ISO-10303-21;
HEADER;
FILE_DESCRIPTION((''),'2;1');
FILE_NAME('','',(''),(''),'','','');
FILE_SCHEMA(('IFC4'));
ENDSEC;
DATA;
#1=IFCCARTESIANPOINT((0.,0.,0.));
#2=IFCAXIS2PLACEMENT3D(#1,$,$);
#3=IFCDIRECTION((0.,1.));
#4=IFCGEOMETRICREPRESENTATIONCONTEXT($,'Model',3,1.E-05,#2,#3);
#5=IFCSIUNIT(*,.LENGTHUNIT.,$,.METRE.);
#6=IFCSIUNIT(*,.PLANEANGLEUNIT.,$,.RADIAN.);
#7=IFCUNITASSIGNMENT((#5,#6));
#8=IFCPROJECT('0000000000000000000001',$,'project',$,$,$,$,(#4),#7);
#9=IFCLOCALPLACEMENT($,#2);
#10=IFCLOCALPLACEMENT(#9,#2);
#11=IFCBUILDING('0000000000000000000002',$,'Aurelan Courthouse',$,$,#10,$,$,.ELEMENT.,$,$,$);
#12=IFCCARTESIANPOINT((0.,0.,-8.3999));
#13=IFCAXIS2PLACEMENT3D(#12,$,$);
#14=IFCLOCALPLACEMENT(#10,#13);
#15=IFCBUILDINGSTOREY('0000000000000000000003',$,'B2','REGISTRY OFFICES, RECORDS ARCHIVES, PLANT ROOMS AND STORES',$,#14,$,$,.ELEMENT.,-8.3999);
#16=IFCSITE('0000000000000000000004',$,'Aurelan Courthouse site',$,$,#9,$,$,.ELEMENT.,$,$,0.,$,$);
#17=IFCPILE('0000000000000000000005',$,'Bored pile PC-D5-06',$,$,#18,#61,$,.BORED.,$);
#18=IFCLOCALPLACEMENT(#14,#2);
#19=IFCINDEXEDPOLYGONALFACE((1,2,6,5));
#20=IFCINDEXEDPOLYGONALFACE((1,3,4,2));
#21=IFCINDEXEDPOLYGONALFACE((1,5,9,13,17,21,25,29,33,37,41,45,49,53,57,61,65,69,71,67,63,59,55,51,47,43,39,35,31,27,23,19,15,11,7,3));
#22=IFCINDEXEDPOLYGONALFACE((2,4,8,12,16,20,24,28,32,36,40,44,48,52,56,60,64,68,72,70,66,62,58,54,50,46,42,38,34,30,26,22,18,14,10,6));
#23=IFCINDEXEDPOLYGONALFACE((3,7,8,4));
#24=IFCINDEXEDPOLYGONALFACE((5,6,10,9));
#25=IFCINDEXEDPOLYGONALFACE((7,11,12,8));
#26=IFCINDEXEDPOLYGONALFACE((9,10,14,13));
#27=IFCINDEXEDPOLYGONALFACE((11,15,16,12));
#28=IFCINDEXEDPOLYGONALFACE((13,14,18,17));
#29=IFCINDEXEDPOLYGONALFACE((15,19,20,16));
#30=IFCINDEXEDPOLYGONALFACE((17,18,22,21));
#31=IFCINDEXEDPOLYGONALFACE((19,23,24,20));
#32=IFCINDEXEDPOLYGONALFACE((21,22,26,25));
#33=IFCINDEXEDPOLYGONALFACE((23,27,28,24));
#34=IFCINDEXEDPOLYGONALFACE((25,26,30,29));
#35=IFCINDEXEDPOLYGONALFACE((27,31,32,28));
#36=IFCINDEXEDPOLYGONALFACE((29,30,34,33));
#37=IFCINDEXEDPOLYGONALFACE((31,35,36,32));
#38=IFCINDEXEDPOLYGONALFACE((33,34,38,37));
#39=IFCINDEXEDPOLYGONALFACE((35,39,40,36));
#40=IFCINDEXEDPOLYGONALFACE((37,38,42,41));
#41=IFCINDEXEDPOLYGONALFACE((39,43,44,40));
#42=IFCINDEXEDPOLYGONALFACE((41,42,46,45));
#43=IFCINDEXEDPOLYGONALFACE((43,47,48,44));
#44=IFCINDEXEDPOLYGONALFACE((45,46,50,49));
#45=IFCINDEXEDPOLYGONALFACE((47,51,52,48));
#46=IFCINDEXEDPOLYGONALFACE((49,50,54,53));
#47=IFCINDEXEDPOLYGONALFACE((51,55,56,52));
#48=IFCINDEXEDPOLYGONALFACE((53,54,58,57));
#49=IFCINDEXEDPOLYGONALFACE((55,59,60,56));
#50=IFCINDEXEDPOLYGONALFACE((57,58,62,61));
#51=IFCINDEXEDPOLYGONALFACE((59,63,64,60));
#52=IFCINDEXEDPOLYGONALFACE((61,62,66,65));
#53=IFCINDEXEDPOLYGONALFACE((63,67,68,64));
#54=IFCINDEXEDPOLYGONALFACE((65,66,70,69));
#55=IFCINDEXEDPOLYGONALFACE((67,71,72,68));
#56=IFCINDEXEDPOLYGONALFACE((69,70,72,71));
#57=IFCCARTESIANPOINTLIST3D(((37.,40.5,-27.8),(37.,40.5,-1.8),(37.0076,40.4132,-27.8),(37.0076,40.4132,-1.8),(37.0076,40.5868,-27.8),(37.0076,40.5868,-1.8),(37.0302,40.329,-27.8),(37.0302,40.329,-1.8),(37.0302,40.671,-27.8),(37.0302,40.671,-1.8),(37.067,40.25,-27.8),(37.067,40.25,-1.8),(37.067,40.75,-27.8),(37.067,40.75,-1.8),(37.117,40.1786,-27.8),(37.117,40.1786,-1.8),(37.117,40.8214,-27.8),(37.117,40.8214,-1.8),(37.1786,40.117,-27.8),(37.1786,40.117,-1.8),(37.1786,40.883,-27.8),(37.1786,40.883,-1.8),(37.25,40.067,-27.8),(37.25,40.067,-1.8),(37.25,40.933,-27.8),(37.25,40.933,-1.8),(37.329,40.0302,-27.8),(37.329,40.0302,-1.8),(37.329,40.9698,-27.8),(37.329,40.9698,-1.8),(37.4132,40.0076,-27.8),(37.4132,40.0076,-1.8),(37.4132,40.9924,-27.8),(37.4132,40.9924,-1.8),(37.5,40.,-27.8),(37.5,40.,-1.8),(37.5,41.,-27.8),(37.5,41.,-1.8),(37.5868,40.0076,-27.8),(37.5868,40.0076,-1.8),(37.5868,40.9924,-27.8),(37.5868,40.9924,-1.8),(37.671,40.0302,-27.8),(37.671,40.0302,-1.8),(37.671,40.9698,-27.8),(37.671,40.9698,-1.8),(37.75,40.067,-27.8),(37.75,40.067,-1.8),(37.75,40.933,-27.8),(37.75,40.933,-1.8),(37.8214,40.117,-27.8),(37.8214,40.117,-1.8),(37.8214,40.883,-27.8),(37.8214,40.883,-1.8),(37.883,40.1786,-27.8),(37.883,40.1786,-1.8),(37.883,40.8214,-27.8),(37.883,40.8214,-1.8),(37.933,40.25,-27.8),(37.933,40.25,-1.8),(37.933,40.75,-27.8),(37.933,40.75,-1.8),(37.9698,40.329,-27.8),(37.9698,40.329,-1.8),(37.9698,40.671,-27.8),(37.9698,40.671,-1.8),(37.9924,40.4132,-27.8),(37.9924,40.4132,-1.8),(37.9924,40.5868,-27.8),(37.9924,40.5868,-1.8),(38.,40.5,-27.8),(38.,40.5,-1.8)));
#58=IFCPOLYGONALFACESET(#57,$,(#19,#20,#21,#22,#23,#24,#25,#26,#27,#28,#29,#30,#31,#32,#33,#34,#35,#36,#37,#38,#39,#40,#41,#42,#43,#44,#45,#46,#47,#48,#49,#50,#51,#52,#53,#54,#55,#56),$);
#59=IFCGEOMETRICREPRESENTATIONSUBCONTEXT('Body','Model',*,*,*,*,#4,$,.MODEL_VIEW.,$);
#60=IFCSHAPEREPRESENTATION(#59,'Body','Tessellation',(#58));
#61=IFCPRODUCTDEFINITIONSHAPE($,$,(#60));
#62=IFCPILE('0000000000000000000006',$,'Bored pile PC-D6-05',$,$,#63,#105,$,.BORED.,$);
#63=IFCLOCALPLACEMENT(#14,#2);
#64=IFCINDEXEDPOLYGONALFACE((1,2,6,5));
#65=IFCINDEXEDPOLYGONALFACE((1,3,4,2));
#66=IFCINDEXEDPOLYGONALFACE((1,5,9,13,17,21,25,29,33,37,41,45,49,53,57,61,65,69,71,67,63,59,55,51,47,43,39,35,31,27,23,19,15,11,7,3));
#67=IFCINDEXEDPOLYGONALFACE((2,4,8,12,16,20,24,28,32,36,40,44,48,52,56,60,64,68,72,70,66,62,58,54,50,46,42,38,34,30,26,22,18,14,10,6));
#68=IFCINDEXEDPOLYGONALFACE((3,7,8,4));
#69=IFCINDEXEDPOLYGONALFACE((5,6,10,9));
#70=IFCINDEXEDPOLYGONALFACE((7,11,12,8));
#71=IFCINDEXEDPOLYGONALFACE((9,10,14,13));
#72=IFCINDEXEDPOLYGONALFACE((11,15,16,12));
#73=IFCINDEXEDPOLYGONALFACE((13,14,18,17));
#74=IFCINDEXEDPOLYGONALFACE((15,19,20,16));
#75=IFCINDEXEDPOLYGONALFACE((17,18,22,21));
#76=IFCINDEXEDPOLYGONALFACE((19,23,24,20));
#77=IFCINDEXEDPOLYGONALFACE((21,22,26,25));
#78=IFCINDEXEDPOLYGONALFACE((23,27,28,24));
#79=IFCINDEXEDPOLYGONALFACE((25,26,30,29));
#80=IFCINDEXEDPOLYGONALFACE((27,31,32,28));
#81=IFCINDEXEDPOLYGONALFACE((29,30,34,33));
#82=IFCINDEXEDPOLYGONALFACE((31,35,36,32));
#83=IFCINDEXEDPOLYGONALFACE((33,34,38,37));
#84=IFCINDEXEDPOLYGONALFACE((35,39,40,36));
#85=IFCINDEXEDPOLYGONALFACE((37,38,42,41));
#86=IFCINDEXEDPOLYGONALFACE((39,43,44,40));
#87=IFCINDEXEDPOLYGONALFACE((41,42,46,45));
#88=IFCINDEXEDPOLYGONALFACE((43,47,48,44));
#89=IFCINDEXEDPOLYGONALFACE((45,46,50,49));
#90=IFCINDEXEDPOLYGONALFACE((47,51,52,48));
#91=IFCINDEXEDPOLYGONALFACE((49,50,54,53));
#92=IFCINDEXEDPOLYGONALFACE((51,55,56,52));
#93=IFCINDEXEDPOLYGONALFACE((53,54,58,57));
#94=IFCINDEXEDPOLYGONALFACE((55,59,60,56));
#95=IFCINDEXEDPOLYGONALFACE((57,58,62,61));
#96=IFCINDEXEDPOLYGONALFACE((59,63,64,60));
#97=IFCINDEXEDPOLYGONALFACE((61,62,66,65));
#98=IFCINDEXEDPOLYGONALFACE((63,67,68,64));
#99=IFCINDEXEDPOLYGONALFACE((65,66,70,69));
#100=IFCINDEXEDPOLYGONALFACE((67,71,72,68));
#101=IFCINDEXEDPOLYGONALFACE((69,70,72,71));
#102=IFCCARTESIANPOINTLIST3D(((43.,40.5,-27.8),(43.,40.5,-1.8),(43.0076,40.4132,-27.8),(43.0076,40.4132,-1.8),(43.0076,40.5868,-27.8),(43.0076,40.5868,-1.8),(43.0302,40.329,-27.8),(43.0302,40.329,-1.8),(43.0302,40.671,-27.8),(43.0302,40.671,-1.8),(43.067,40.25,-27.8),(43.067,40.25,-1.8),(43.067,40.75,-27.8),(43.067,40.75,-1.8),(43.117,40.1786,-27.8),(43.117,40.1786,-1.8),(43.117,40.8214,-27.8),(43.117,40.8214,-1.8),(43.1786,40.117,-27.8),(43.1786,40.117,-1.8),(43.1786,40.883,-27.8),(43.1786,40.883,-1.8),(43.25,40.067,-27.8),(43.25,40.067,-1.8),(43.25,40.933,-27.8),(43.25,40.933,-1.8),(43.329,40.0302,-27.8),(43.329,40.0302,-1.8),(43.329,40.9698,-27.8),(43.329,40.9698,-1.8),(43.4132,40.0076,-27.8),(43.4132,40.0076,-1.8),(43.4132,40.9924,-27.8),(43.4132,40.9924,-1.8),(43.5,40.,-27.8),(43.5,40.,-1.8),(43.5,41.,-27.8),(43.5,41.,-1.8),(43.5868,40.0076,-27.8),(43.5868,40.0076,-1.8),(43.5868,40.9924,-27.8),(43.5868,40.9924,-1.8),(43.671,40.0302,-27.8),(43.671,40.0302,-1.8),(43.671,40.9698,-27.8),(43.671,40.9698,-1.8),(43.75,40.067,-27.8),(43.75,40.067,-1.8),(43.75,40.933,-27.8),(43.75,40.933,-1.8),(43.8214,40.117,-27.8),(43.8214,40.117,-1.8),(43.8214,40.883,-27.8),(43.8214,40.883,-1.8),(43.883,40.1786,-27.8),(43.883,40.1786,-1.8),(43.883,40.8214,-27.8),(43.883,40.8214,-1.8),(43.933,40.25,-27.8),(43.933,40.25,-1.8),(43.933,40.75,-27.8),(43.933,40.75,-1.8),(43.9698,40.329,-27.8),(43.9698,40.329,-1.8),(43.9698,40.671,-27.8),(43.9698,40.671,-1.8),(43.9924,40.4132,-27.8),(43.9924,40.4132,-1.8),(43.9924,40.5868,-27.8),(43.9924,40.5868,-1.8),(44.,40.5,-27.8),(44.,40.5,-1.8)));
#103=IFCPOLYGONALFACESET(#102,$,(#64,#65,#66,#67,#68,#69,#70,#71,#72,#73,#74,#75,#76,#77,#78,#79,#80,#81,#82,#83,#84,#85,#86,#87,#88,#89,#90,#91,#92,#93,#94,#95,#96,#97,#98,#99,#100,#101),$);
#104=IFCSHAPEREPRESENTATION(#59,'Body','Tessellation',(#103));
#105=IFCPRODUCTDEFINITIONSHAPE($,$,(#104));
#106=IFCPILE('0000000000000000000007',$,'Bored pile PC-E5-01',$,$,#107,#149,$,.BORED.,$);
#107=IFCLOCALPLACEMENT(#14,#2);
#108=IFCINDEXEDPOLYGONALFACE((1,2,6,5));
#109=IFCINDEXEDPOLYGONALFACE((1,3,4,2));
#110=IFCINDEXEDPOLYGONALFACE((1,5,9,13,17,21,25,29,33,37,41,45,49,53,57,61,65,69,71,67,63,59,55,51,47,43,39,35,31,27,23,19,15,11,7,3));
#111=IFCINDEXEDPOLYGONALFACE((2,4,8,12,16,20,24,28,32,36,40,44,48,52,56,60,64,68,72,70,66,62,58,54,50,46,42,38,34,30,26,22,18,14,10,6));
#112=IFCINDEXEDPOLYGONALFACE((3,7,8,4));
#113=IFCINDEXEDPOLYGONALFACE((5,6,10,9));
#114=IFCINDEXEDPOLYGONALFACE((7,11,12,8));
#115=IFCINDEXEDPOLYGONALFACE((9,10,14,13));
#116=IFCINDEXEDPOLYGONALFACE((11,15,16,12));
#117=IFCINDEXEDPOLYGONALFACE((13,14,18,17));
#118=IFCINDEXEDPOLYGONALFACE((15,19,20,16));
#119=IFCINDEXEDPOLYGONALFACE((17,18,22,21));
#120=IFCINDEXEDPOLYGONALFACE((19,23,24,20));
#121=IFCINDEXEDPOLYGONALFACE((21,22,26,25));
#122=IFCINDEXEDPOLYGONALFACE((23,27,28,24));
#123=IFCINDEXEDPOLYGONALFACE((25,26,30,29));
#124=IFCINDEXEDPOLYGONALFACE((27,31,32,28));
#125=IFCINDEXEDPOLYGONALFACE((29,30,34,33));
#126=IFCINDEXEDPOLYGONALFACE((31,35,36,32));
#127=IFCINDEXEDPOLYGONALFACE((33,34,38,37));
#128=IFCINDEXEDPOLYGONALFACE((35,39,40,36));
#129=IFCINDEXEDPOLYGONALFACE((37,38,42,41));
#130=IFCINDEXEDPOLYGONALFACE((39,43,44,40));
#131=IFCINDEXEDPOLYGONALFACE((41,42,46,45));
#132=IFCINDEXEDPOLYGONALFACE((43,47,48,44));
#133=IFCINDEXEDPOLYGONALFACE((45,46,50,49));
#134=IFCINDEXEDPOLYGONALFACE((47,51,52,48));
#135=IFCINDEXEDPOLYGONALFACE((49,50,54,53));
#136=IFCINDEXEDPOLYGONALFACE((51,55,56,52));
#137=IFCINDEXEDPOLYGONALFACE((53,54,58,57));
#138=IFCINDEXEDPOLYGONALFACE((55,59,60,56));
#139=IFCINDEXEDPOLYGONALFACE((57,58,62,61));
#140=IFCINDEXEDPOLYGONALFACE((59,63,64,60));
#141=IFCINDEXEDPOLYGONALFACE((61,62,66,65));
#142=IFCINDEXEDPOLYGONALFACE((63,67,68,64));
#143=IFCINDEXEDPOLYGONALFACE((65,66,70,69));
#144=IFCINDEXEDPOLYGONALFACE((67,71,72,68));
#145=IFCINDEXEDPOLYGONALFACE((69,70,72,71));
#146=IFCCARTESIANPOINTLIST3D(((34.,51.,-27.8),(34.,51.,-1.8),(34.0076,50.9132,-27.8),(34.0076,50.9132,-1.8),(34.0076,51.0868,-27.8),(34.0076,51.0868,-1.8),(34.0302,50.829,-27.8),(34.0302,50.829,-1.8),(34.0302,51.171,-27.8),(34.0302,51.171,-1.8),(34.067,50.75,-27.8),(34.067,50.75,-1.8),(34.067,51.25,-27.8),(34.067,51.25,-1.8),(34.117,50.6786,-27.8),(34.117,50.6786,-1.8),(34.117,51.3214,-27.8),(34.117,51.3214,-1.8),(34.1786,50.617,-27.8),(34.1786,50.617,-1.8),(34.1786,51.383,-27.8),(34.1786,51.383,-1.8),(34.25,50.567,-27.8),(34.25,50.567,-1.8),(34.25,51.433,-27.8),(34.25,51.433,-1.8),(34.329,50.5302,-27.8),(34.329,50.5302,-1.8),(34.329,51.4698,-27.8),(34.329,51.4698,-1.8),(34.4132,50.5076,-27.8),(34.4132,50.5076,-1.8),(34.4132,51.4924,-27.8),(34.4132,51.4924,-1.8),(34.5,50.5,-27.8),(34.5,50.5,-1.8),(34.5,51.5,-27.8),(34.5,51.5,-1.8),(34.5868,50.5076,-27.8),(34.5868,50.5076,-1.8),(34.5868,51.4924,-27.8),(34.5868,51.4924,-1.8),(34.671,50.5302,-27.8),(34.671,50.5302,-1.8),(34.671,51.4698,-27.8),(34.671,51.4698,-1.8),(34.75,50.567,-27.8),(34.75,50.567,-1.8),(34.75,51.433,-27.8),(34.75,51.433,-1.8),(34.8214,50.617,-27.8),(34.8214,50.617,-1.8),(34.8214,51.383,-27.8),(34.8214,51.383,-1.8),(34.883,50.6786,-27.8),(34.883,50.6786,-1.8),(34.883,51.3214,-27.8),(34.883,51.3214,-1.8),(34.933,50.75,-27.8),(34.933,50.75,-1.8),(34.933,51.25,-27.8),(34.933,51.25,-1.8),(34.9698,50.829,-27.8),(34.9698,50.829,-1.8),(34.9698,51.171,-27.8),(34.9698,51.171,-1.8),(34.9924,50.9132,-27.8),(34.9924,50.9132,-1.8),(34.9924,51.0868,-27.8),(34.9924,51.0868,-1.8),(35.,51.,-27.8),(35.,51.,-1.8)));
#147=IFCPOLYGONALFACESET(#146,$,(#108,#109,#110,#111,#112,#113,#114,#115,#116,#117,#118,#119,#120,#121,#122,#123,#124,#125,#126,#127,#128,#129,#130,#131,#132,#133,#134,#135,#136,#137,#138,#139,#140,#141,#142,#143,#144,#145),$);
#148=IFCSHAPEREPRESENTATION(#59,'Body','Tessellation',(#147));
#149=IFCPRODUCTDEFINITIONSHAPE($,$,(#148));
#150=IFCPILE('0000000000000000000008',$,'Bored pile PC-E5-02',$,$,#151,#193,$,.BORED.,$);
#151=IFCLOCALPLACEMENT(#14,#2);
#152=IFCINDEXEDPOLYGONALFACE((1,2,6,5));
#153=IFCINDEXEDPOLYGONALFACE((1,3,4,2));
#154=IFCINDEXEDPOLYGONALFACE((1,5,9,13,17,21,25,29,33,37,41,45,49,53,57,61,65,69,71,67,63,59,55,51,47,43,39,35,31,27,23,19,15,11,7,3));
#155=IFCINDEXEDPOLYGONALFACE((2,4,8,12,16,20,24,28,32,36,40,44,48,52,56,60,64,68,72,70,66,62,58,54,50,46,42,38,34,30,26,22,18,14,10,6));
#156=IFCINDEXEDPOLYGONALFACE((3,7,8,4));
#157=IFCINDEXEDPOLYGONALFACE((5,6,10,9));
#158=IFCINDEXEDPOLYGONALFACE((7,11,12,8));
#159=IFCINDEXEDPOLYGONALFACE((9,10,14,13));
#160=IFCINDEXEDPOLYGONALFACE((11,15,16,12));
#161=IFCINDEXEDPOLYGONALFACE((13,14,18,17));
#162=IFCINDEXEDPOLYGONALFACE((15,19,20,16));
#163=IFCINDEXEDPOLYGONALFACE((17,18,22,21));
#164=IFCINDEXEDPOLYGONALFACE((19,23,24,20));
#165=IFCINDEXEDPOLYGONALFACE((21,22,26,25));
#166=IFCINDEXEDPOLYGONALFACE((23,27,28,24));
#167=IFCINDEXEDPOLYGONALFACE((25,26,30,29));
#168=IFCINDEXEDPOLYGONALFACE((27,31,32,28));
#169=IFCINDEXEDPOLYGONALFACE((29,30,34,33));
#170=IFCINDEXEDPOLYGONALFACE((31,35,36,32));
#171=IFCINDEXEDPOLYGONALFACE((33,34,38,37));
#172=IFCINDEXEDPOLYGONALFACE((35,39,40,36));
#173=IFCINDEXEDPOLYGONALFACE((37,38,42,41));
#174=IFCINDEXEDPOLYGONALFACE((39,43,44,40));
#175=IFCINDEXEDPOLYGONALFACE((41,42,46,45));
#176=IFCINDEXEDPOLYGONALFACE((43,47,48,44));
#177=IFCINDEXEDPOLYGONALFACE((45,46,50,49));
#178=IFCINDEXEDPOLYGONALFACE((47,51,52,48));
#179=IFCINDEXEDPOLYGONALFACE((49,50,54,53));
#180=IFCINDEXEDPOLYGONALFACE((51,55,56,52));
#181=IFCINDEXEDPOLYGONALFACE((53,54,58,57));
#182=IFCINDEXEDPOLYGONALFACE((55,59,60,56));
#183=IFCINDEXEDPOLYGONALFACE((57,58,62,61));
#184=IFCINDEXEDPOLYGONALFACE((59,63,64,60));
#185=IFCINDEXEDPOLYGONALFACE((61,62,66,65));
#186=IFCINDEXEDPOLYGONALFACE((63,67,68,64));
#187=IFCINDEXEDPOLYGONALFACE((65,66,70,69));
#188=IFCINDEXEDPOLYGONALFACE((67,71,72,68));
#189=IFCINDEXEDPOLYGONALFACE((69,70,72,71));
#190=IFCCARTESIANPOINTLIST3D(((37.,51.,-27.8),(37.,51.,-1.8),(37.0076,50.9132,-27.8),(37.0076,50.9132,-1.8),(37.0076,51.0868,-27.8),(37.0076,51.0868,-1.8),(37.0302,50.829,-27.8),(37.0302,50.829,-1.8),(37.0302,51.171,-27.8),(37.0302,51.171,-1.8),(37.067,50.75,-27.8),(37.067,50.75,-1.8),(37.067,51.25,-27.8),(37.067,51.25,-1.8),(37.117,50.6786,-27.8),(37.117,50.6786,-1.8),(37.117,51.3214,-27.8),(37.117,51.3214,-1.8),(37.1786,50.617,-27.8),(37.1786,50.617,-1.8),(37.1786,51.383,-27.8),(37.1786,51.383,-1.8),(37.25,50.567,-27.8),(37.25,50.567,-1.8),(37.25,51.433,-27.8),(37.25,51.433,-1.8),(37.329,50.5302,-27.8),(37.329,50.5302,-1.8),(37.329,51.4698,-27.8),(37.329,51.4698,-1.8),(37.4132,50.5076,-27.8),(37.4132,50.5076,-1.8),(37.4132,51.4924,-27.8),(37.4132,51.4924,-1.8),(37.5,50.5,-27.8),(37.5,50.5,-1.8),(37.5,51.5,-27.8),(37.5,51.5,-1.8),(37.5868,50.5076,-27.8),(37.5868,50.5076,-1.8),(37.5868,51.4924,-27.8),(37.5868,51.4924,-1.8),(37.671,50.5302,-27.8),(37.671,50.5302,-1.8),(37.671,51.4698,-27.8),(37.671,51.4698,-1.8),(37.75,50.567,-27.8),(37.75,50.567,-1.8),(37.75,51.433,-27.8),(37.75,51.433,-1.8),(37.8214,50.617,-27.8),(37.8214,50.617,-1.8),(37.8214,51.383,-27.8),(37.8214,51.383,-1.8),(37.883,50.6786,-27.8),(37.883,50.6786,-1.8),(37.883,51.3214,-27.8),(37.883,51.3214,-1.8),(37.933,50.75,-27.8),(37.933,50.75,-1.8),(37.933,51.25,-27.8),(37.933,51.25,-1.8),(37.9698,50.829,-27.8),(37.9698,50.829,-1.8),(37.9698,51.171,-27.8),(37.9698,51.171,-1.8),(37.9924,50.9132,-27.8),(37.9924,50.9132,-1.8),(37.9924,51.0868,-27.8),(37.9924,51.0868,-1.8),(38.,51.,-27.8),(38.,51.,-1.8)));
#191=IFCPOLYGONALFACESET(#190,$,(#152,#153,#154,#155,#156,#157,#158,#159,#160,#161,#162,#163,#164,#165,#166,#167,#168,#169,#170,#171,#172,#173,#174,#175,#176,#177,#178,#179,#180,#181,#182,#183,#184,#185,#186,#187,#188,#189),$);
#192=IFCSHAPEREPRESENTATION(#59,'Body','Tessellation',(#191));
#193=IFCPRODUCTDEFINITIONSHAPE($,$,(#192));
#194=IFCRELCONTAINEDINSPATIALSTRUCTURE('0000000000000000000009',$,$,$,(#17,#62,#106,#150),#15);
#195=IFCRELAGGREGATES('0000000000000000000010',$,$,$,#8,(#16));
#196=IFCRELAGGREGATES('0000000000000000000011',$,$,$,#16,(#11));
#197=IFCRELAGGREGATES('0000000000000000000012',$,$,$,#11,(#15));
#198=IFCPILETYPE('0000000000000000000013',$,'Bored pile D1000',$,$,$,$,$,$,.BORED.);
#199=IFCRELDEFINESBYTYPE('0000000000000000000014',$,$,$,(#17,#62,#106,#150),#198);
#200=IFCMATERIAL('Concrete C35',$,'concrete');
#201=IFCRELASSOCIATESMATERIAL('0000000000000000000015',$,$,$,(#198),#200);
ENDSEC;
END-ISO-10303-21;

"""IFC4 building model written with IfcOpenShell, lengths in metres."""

from ifc_helpers import new_model, si_unit, direction, frame, origin, origin_2d, place, context, subcontext, project, spatial, circle, extrude, material, material_profile, profile_set, type_object, element, save


model = new_model("IFC4")

# Units and contexts
model_context = context("Model", 3, precision=1e-05, world=origin(), true_north=direction((0.0, 1.0)))
body_context = subcontext(model_context, "Body", "Model", "MODEL_VIEW")
ifc_project = project(units=[si_unit("LENGTHUNIT", "METRE"), si_unit("PLANEANGLEUNIT", "RADIAN")], contexts=[model_context])

# Site, building, storey
site_placement = place(None, origin())
site = spatial("IfcSite", under=ifc_project, at=site_placement, Name="Aurelan Courthouse site", CompositionType="ELEMENT", RefElevation=0.0)
building_placement = place(site_placement, origin())
building = spatial("IfcBuilding", under=site, at=building_placement, Name="Aurelan Courthouse", CompositionType="ELEMENT")
storey_placement = place(building_placement, frame((0.0, 0.0, -8.3999)))
storey = spatial("IfcBuildingStorey", under=building, at=storey_placement, Name="B2", Description="REGISTRY OFFICES, RECORDS ARCHIVES, PLANT ROOMS AND STORES", CompositionType="ELEMENT", Elevation=-8.3999)

# Piles
ifc_material_1 = material(Name="Concrete C35", Category="concrete")
ifc_material_profile_1 = material_profile(ifc_material_1, circle(Radius=0.5, at=origin_2d()), Name="D1000")
ifc_profile_set_1 = profile_set([ifc_material_profile_1], Name="Concrete C35")
pile_type_1 = type_object("IfcPileType", Name="Bored pile D1000", PredefinedType="BORED", material=ifc_profile_set_1)
for number, where, z_axis, x_axis, name in (
    (1, (37.5, 40.5, -1.8), (0.0, 0.0, -1.0), (1.0, 0.0, 0.0), "Bored pile PC-D5-06"),
    (2, (43.5, 40.5, -1.8), (0.0, 0.0, -1.0), (1.0, 0.0, 0.0), "Bored pile PC-D6-05"),
    (3, (34.5, 51.0, -1.8), (0.0, 0.0, -1.0), (1.0, 0.0, 0.0), "Bored pile PC-E5-01"),
    (4, (37.5, 51.0, -1.8), (0.0, 0.0, -1.0), (1.0, 0.0, 0.0), "Bored pile PC-E5-02"),
):
    element("IfcPile", number, at=place(storey_placement, frame(where, z_axis=z_axis, x_axis=x_axis)), inside=storey, type_object=pile_type_1, Name=name, PredefinedType="BORED", context=body_context, shape_type="SweptSolid", body=[
        extrude(circle(Radius=0.5, at=origin_2d()), origin(), (0.0, 0.0, 1.0), 26.0),
    ])

save(model, "model.ifc")
